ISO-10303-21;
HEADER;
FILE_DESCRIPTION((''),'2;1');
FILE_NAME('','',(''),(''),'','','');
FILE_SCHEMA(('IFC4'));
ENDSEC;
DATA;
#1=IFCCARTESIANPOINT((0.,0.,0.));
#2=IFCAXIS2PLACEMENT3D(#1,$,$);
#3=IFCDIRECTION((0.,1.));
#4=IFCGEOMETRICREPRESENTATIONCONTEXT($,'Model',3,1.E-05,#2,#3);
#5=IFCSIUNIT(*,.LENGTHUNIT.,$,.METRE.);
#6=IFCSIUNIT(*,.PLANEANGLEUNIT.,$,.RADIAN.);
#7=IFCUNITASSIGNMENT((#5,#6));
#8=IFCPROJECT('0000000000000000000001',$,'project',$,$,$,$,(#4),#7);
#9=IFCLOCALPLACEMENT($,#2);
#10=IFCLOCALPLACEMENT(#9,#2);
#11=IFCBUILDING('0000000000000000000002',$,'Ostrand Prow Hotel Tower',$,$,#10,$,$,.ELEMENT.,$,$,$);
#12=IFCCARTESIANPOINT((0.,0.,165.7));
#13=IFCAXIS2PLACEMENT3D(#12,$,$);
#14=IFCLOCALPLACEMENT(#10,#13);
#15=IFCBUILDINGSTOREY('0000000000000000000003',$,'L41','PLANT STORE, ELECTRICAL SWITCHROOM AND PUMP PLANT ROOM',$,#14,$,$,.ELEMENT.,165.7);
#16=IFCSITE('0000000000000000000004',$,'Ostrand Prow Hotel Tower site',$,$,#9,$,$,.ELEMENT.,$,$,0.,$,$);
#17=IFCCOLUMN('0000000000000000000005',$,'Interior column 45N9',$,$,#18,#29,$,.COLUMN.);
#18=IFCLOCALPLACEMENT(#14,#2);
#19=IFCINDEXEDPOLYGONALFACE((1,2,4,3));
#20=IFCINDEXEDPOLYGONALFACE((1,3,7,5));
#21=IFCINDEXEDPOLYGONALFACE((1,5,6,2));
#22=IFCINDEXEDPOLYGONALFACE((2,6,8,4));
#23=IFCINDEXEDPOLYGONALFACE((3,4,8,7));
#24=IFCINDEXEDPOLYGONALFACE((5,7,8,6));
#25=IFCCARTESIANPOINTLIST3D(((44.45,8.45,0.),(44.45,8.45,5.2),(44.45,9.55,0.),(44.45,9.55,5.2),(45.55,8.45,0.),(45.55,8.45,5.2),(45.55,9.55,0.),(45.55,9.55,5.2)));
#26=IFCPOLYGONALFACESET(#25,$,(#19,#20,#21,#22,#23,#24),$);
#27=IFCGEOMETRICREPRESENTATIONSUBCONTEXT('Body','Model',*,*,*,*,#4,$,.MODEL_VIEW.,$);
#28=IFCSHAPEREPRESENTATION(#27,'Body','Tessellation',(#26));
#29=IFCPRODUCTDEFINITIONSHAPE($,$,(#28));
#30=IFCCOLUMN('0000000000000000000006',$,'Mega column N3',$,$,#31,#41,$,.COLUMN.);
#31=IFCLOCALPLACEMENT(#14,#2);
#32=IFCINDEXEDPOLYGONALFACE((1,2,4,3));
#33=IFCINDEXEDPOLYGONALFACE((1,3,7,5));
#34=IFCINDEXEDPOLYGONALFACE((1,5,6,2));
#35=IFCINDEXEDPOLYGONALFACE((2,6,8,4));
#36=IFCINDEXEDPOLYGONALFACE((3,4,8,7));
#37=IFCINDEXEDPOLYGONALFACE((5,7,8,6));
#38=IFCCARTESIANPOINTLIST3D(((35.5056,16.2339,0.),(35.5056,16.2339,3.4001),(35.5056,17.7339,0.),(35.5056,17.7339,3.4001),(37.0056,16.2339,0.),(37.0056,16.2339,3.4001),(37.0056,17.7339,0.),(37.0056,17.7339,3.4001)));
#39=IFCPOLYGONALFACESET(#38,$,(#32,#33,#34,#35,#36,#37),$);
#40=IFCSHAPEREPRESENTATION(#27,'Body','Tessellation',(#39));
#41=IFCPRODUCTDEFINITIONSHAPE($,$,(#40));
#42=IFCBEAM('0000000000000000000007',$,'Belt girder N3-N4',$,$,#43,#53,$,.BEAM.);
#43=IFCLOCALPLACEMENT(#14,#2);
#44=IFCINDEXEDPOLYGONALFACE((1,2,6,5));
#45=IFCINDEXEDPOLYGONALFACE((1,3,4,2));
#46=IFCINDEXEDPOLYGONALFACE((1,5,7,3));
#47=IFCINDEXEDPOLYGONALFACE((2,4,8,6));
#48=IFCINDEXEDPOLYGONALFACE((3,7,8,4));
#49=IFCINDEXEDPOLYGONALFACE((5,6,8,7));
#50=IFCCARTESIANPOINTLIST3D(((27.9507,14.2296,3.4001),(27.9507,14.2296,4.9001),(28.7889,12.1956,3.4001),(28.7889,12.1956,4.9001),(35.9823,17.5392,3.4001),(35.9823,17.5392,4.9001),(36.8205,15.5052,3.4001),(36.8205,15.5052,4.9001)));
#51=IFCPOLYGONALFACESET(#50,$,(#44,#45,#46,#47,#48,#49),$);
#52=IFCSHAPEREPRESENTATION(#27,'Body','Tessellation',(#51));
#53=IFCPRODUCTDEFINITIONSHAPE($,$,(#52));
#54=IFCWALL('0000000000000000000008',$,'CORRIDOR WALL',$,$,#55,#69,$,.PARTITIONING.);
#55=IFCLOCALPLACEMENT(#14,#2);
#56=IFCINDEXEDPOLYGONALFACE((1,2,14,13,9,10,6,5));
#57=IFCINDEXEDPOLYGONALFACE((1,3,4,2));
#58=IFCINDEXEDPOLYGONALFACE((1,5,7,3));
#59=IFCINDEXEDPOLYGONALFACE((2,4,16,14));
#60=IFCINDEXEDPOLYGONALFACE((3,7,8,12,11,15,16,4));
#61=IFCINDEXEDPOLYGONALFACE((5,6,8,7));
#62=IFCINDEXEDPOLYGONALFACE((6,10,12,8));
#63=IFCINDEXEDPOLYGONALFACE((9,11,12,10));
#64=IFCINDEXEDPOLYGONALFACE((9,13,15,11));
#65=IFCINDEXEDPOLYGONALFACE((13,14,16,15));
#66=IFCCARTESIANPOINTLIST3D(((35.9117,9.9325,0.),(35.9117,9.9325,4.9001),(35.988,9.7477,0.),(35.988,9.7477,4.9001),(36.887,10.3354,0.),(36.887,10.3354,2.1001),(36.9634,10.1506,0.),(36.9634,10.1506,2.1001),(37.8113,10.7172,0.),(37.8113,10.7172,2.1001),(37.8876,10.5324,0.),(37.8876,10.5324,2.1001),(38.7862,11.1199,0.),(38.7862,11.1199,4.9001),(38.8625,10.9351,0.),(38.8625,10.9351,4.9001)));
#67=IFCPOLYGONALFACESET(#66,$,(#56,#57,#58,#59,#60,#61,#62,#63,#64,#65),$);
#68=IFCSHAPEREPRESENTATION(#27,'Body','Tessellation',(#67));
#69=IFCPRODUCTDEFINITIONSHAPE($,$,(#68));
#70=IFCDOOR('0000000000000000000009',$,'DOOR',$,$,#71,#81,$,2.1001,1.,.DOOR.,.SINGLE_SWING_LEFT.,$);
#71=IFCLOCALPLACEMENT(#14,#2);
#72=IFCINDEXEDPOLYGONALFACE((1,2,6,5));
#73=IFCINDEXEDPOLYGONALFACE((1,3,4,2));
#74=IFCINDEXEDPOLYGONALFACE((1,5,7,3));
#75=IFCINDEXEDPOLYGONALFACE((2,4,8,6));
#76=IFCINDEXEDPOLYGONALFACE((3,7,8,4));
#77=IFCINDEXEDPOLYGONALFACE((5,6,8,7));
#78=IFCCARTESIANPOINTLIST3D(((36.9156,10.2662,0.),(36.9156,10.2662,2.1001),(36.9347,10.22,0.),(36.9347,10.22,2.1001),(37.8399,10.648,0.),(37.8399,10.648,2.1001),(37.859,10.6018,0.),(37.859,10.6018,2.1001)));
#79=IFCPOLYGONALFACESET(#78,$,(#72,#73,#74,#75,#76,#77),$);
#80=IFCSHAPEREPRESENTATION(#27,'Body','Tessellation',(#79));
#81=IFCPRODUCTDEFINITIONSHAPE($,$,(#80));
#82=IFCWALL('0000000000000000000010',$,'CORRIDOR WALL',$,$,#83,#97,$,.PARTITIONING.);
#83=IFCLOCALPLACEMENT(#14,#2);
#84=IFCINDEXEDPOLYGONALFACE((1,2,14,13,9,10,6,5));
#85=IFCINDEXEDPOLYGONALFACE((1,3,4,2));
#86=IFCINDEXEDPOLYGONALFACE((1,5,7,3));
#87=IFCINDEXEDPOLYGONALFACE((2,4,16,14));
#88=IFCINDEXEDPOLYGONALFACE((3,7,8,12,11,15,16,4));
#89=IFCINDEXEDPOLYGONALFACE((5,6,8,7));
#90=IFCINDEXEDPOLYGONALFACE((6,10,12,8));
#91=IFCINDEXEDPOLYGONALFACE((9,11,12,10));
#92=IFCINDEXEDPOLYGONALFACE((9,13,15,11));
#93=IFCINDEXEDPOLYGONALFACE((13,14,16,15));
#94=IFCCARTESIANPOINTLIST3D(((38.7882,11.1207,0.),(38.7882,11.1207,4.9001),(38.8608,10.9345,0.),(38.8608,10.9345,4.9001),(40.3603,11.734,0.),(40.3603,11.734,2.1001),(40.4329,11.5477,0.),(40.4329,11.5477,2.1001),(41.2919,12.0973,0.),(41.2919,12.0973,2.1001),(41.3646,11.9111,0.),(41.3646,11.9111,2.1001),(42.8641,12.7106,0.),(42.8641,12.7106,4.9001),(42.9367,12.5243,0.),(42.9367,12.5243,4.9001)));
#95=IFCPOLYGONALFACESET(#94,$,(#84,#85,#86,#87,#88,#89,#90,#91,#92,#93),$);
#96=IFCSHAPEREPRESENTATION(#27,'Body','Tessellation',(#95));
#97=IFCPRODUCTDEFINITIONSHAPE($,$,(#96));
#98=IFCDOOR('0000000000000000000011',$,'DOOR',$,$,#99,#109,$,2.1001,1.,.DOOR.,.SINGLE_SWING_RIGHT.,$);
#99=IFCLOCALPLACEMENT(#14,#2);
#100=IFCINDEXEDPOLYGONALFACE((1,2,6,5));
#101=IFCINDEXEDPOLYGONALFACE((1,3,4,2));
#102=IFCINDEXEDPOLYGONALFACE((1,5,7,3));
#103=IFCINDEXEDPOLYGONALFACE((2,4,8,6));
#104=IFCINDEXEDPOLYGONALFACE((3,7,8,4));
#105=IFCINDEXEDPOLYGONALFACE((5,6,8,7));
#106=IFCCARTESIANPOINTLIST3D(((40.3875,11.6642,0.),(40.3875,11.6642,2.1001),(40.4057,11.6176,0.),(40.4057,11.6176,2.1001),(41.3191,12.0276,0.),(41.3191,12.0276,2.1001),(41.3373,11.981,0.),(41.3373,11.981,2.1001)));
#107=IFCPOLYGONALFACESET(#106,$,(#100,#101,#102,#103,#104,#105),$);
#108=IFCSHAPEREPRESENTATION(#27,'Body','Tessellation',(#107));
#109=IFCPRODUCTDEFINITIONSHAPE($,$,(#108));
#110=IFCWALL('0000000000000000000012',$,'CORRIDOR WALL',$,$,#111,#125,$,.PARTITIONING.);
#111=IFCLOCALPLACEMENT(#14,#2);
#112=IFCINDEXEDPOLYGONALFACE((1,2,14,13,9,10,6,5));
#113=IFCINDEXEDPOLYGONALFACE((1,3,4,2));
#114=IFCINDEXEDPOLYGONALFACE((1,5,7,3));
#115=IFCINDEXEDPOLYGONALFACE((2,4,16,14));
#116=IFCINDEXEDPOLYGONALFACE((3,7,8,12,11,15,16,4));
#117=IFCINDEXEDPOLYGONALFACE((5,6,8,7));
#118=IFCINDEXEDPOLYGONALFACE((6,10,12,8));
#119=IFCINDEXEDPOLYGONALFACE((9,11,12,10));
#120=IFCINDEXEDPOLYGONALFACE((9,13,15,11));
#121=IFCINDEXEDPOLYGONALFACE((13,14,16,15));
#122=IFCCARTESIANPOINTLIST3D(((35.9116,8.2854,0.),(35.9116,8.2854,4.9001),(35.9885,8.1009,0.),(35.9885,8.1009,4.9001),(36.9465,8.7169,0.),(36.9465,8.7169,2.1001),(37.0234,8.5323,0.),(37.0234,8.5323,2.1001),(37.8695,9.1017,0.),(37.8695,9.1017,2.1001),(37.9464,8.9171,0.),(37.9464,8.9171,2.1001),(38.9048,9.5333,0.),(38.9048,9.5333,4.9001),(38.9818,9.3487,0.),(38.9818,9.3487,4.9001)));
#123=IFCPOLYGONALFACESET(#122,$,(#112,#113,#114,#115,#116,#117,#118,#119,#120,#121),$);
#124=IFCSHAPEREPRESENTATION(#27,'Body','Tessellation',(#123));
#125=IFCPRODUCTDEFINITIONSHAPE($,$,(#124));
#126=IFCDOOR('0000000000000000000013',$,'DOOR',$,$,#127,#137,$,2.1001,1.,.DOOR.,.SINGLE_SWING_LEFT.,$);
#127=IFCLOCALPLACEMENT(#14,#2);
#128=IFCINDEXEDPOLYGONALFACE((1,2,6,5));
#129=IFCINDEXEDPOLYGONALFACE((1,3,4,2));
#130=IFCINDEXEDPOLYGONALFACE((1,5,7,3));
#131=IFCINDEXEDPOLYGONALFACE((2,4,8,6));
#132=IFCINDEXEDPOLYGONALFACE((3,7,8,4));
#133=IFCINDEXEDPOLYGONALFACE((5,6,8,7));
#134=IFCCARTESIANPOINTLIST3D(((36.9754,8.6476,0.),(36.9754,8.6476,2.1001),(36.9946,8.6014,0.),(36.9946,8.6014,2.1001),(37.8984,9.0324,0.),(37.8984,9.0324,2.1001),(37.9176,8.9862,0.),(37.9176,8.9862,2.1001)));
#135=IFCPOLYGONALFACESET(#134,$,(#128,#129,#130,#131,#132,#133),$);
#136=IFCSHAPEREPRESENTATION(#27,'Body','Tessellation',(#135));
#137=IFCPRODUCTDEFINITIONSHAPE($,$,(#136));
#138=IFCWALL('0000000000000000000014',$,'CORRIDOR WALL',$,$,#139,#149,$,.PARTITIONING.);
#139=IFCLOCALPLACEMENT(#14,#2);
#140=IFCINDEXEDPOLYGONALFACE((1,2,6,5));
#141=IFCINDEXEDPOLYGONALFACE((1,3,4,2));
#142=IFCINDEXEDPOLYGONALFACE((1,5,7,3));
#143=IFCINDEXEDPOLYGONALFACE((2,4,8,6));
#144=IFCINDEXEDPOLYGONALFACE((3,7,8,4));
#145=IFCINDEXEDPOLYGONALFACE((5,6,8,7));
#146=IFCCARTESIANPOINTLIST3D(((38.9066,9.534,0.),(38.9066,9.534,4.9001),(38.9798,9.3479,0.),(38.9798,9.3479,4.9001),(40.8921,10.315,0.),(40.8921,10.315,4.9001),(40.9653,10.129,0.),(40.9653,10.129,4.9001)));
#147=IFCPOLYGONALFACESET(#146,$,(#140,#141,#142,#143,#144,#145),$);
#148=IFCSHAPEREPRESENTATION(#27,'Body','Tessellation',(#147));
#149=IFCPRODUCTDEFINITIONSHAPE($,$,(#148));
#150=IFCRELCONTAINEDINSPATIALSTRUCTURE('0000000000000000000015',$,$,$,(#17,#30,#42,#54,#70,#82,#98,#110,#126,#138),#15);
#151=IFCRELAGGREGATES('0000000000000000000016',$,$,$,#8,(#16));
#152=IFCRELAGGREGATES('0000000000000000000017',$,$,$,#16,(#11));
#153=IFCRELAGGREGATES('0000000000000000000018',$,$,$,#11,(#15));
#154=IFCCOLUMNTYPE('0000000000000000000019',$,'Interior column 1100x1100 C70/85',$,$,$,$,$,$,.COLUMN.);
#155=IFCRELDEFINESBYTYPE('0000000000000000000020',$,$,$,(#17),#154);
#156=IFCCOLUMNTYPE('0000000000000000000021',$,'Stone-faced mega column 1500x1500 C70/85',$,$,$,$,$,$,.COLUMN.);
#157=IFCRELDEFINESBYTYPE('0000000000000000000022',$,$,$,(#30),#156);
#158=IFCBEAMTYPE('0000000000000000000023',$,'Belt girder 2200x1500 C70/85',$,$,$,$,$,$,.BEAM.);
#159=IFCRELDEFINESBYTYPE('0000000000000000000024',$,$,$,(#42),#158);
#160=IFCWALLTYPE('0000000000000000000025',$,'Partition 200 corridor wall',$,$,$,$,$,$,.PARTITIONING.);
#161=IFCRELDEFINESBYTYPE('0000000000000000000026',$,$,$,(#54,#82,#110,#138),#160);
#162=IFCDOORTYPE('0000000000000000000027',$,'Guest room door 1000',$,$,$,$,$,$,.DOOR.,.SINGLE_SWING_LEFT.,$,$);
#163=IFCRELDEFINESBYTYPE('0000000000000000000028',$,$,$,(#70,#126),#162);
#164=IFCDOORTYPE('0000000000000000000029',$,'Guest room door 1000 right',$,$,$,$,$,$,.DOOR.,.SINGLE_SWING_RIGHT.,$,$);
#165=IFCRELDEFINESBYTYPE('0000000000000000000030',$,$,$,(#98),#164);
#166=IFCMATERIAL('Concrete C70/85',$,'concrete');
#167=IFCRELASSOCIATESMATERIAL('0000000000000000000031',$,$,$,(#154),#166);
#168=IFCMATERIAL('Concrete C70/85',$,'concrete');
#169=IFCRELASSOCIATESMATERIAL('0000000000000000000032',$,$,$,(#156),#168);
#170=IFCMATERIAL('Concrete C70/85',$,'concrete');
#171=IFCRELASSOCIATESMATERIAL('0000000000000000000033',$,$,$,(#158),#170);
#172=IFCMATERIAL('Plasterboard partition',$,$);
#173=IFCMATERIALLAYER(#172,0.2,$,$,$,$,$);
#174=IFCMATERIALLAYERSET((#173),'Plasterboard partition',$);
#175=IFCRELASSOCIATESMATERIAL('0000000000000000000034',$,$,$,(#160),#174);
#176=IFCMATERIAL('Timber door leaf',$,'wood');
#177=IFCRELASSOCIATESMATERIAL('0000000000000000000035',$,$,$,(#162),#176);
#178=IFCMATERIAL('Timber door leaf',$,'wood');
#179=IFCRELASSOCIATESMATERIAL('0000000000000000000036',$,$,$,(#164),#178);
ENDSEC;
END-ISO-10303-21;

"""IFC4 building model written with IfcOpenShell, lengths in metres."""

from ifc_helpers import new_model, si_unit, direction, frame, frame_2d, origin, origin_2d, place, context, subcontext, project, spatial, rectangle, extrude, material, layer, layer_set, material_profile, profile_set, type_object, element, fill, save


model = new_model("IFC4")

# Units and contexts
model_context = context("Model", 3, precision=1e-05, world=origin(), true_north=direction((0.0, 1.0)))
body_context = subcontext(model_context, "Body", "Model", "MODEL_VIEW")
ifc_project = project(units=[si_unit("LENGTHUNIT", "METRE"), si_unit("PLANEANGLEUNIT", "RADIAN")], contexts=[model_context])

# Site, building, storey
site_placement = place(None, origin())
site = spatial("IfcSite", under=ifc_project, at=site_placement, Name="Ostrand Prow Hotel Tower site", CompositionType="ELEMENT", RefElevation=0.0)
building_placement = place(site_placement, origin())
building = spatial("IfcBuilding", under=site, at=building_placement, Name="Ostrand Prow Hotel Tower", CompositionType="ELEMENT")
storey_placement = place(building_placement, frame((0.0, 0.0, 165.7)))
storey = spatial("IfcBuildingStorey", under=building, at=storey_placement, Name="L41", Description="PLANT STORE, ELECTRICAL SWITCHROOM AND PUMP PLANT ROOM", CompositionType="ELEMENT", Elevation=165.7)

# Columns
ifc_material_1 = material(Name="Concrete C70/85", Category="concrete")
ifc_material_profile_1 = material_profile(ifc_material_1, rectangle(XDim=1.1001, YDim=1.1001, at=origin_2d()), Name="RC 1100x1100")
ifc_profile_set_1 = profile_set([ifc_material_profile_1], Name="Concrete C70/85")
column_type_1 = type_object("IfcColumnType", Name="Interior column 1100x1100 C70/85", PredefinedType="COLUMN", material=ifc_profile_set_1)
column_1_placement = place(storey_placement, frame((45.0, 9.0, 0.0), z_axis=(0.0, 0.0, 1.0), x_axis=(1.0, 0.0, 0.0)))
element("IfcColumn", 1, at=column_1_placement, inside=storey, type_object=column_type_1, Name="Interior column 45N9", PredefinedType="COLUMN", context=body_context, shape_type="SweptSolid", body=[
    extrude(rectangle(XDim=1.1001, YDim=1.1001, at=origin_2d()), origin(), (0.0, 0.0, 1.0), 5.2),
])
ifc_material_2 = material(Name="Concrete C70/85", Category="concrete")
ifc_material_profile_2 = material_profile(ifc_material_2, rectangle(XDim=1.5, YDim=1.5, at=origin_2d()), Name="RC 1500x1500")
ifc_profile_set_2 = profile_set([ifc_material_profile_2], Name="Concrete C70/85")
column_type_2 = type_object("IfcColumnType", Name="Stone-faced mega column 1500x1500 C70/85", PredefinedType="COLUMN", material=ifc_profile_set_2)
column_2_placement = place(storey_placement, frame((36.2556, 16.9839, 0.0), z_axis=(0.0, 0.0, 1.0), x_axis=(1.0, 0.0, 0.0)))
element("IfcColumn", 2, at=column_2_placement, inside=storey, type_object=column_type_2, Name="Mega column N3", PredefinedType="COLUMN", context=body_context, shape_type="SweptSolid", body=[
    extrude(rectangle(XDim=1.5, YDim=1.5, at=origin_2d()), origin(), (0.0, 0.0, 1.0), 3.4001),
])

# Beam
ifc_material_3 = material(Name="Concrete C70/85", Category="concrete")
ifc_material_profile_3 = material_profile(ifc_material_3, rectangle(XDim=2.2, YDim=1.5, at=origin_2d()), Name="RC 2200x1500")
ifc_profile_set_3 = profile_set([ifc_material_profile_3], Name="Concrete C70/85")
beam_type = type_object("IfcBeamType", Name="Belt girder 2200x1500 C70/85", PredefinedType="BEAM", material=ifc_profile_set_3)
beam_placement = place(storey_placement, frame((36.4014, 16.5222, 4.1501), z_axis=(-0.924577, -0.380994, 0.0), x_axis=(0.380994, -0.924577, 0.0)))
element("IfcBeam", 3, at=beam_placement, inside=storey, type_object=beam_type, Name="Belt girder N3-N4", PredefinedType="BEAM", context=body_context, shape_type="SweptSolid", body=[
    extrude(rectangle(XDim=2.2, YDim=1.5, at=origin_2d()), origin(), (0.0, 0.0, 1.0), 8.6868),
])

# Walls, openings, doors
ifc_material_4 = material(Name="Plasterboard partition")
ifc_layer_1 = layer(ifc_material_4, 0.2)
ifc_layer_set_1 = layer_set([ifc_layer_1], Name="Plasterboard partition")
wall_type_1 = type_object("IfcWallType", Name="Partition 200 corridor wall", PredefinedType="PARTITIONING", material=ifc_layer_set_1)
wall_1_placement = place(storey_placement, frame((38.8245, 11.0276, 0.0), z_axis=(0.0, 0.0, 1.0), x_axis=(-0.924239, -0.381816, 0.0)))
wall_1 = element("IfcWall", 4, at=wall_1_placement, inside=storey, type_object=wall_type_1, Name="CORRIDOR WALL", PredefinedType="PARTITIONING", context=body_context, shape_type="SweptSolid", body=[
    extrude(rectangle(XDim=3.1101, YDim=0.2, at=frame_2d((1.5552, 0.0))), origin(), (0.0, 0.0, 1.0), 4.9001),
])
opening_1_placement = place(wall_1_placement, frame((1.0549, 0.0, 0.0)))
opening_1 = element("IfcOpeningElement", 5, at=opening_1_placement, cuts=wall_1, PredefinedType="OPENING", context=body_context, shape_type="SweptSolid", body=[
    extrude(rectangle(XDim=1.0, YDim=2.1001, at=frame_2d((0.5, 1.05))), frame((0.0, 0.1099, 0.0), z_axis=(0.0, -1.0, 0.0), x_axis=(1.0, 0.0, 0.0)), (0.0, 0.0, 1.0), 0.22),
])
ifc_material_5 = material(Name="Timber door leaf", Category="wood")
door_type_1 = type_object("IfcDoorType", Name="Guest room door 1000", OperationType="SINGLE_SWING_LEFT", PredefinedType="DOOR", material=ifc_material_5)
door_1_placement = place(opening_1_placement, origin())
door_1 = element("IfcDoor", 6, at=door_1_placement, inside=storey, type_object=door_type_1, Name="DOOR", OperationType="SINGLE_SWING_LEFT", OverallHeight=2.1001, OverallWidth=1.0, PredefinedType="DOOR", context=body_context, shape_type="SweptSolid", body=[
    extrude(rectangle(XDim=1.0, YDim=2.1001, at=frame_2d((0.5, 1.05))), frame((0.0, 0.0249, 0.0), z_axis=(0.0, -1.0, 0.0), x_axis=(1.0, 0.0, 0.0)), (0.0, 0.0, 1.0), 0.05),
])
fill(opening_1, door_1)
wall_2_placement = place(storey_placement, frame((42.9004, 12.6174, 0.0), z_axis=(0.0, 0.0, 1.0), x_axis=(-0.931637, -0.363391, 0.0)))
wall_2 = element("IfcWall", 7, at=wall_2_placement, inside=storey, type_object=wall_type_1, Name="CORRIDOR WALL", PredefinedType="PARTITIONING", context=body_context, shape_type="SweptSolid", body=[
    extrude(rectangle(XDim=4.375, YDim=0.2, at=frame_2d((2.1875, 0.0))), origin(), (0.0, 0.0, 1.0), 4.9001),
])
opening_2_placement = place(wall_2_placement, frame((1.6875, 0.0, 0.0)))
opening_2 = element("IfcOpeningElement", 8, at=opening_2_placement, cuts=wall_2, PredefinedType="OPENING", context=body_context, shape_type="SweptSolid", body=[
    extrude(rectangle(XDim=1.0, YDim=2.1001, at=frame_2d((0.5, 1.05))), frame((0.0, 0.1099, 0.0), z_axis=(0.0, -1.0, 0.0), x_axis=(1.0, 0.0, 0.0)), (0.0, 0.0, 1.0), 0.22),
])
ifc_material_6 = material(Name="Timber door leaf", Category="wood")
door_type_2 = type_object("IfcDoorType", Name="Guest room door 1000 right", OperationType="SINGLE_SWING_RIGHT", PredefinedType="DOOR", material=ifc_material_6)
door_2_placement = place(opening_2_placement, origin())
door_2 = element("IfcDoor", 9, at=door_2_placement, inside=storey, type_object=door_type_2, Name="DOOR", OperationType="SINGLE_SWING_RIGHT", OverallHeight=2.1001, OverallWidth=1.0, PredefinedType="DOOR", context=body_context, shape_type="SweptSolid", body=[
    extrude(rectangle(XDim=1.0, YDim=2.1001, at=frame_2d((0.5, 1.05))), frame((0.0, 0.0249, 0.0), z_axis=(0.0, -1.0, 0.0), x_axis=(1.0, 0.0, 0.0)), (0.0, 0.0, 1.0), 0.05),
])
fill(opening_2, door_2)
wall_3_placement = place(storey_placement, frame((35.95, 8.1931, 0.0), z_axis=(0.0, 0.0, 1.0), x_axis=(0.923006, 0.384786, 0.0)))
wall_3 = element("IfcWall", 10, at=wall_3_placement, inside=storey, type_object=wall_type_1, Name="CORRIDOR WALL", PredefinedType="PARTITIONING", context=body_context, shape_type="SweptSolid", body=[
    extrude(rectangle(XDim=3.2429, YDim=0.2, at=frame_2d((1.6216, 0.0))), origin(), (0.0, 0.0, 1.0), 4.9001),
])
opening_3_placement = place(wall_3_placement, frame((1.1213, 0.0, 0.0)))
opening_3 = element("IfcOpeningElement", 11, at=opening_3_placement, cuts=wall_3, PredefinedType="OPENING", context=body_context, shape_type="SweptSolid", body=[
    extrude(rectangle(XDim=1.0, YDim=2.1001, at=frame_2d((0.5, 1.05))), frame((0.0, 0.1099, 0.0), z_axis=(0.0, -1.0, 0.0), x_axis=(1.0, 0.0, 0.0)), (0.0, 0.0, 1.0), 0.22),
])
door_3_placement = place(opening_3_placement, origin())
door_3 = element("IfcDoor", 12, at=door_3_placement, inside=storey, type_object=door_type_1, Name="DOOR", OperationType="SINGLE_SWING_LEFT", OverallHeight=2.1001, OverallWidth=1.0, PredefinedType="DOOR", context=body_context, shape_type="SweptSolid", body=[
    extrude(rectangle(XDim=1.0, YDim=2.1001, at=frame_2d((0.5, 1.05))), frame((0.0, 0.0249, 0.0), z_axis=(0.0, -1.0, 0.0), x_axis=(1.0, 0.0, 0.0)), (0.0, 0.0, 1.0), 0.05),
])
fill(opening_3, door_3)

# Wall
wall_4_placement = place(storey_placement, frame((38.9431, 9.4409, 0.0), z_axis=(0.0, 0.0, 1.0), x_axis=(0.930584, 0.366077, 0.0)))
element("IfcWall", 13, at=wall_4_placement, inside=storey, type_object=wall_type_1, Name="CORRIDOR WALL", PredefinedType="PARTITIONING", context=body_context, shape_type="SweptSolid", body=[
    extrude(rectangle(XDim=2.1335, YDim=0.2, at=frame_2d((1.0669, 0.0))), origin(), (0.0, 0.0, 1.0), 4.9001),
])

save(model, "model.ifc")
